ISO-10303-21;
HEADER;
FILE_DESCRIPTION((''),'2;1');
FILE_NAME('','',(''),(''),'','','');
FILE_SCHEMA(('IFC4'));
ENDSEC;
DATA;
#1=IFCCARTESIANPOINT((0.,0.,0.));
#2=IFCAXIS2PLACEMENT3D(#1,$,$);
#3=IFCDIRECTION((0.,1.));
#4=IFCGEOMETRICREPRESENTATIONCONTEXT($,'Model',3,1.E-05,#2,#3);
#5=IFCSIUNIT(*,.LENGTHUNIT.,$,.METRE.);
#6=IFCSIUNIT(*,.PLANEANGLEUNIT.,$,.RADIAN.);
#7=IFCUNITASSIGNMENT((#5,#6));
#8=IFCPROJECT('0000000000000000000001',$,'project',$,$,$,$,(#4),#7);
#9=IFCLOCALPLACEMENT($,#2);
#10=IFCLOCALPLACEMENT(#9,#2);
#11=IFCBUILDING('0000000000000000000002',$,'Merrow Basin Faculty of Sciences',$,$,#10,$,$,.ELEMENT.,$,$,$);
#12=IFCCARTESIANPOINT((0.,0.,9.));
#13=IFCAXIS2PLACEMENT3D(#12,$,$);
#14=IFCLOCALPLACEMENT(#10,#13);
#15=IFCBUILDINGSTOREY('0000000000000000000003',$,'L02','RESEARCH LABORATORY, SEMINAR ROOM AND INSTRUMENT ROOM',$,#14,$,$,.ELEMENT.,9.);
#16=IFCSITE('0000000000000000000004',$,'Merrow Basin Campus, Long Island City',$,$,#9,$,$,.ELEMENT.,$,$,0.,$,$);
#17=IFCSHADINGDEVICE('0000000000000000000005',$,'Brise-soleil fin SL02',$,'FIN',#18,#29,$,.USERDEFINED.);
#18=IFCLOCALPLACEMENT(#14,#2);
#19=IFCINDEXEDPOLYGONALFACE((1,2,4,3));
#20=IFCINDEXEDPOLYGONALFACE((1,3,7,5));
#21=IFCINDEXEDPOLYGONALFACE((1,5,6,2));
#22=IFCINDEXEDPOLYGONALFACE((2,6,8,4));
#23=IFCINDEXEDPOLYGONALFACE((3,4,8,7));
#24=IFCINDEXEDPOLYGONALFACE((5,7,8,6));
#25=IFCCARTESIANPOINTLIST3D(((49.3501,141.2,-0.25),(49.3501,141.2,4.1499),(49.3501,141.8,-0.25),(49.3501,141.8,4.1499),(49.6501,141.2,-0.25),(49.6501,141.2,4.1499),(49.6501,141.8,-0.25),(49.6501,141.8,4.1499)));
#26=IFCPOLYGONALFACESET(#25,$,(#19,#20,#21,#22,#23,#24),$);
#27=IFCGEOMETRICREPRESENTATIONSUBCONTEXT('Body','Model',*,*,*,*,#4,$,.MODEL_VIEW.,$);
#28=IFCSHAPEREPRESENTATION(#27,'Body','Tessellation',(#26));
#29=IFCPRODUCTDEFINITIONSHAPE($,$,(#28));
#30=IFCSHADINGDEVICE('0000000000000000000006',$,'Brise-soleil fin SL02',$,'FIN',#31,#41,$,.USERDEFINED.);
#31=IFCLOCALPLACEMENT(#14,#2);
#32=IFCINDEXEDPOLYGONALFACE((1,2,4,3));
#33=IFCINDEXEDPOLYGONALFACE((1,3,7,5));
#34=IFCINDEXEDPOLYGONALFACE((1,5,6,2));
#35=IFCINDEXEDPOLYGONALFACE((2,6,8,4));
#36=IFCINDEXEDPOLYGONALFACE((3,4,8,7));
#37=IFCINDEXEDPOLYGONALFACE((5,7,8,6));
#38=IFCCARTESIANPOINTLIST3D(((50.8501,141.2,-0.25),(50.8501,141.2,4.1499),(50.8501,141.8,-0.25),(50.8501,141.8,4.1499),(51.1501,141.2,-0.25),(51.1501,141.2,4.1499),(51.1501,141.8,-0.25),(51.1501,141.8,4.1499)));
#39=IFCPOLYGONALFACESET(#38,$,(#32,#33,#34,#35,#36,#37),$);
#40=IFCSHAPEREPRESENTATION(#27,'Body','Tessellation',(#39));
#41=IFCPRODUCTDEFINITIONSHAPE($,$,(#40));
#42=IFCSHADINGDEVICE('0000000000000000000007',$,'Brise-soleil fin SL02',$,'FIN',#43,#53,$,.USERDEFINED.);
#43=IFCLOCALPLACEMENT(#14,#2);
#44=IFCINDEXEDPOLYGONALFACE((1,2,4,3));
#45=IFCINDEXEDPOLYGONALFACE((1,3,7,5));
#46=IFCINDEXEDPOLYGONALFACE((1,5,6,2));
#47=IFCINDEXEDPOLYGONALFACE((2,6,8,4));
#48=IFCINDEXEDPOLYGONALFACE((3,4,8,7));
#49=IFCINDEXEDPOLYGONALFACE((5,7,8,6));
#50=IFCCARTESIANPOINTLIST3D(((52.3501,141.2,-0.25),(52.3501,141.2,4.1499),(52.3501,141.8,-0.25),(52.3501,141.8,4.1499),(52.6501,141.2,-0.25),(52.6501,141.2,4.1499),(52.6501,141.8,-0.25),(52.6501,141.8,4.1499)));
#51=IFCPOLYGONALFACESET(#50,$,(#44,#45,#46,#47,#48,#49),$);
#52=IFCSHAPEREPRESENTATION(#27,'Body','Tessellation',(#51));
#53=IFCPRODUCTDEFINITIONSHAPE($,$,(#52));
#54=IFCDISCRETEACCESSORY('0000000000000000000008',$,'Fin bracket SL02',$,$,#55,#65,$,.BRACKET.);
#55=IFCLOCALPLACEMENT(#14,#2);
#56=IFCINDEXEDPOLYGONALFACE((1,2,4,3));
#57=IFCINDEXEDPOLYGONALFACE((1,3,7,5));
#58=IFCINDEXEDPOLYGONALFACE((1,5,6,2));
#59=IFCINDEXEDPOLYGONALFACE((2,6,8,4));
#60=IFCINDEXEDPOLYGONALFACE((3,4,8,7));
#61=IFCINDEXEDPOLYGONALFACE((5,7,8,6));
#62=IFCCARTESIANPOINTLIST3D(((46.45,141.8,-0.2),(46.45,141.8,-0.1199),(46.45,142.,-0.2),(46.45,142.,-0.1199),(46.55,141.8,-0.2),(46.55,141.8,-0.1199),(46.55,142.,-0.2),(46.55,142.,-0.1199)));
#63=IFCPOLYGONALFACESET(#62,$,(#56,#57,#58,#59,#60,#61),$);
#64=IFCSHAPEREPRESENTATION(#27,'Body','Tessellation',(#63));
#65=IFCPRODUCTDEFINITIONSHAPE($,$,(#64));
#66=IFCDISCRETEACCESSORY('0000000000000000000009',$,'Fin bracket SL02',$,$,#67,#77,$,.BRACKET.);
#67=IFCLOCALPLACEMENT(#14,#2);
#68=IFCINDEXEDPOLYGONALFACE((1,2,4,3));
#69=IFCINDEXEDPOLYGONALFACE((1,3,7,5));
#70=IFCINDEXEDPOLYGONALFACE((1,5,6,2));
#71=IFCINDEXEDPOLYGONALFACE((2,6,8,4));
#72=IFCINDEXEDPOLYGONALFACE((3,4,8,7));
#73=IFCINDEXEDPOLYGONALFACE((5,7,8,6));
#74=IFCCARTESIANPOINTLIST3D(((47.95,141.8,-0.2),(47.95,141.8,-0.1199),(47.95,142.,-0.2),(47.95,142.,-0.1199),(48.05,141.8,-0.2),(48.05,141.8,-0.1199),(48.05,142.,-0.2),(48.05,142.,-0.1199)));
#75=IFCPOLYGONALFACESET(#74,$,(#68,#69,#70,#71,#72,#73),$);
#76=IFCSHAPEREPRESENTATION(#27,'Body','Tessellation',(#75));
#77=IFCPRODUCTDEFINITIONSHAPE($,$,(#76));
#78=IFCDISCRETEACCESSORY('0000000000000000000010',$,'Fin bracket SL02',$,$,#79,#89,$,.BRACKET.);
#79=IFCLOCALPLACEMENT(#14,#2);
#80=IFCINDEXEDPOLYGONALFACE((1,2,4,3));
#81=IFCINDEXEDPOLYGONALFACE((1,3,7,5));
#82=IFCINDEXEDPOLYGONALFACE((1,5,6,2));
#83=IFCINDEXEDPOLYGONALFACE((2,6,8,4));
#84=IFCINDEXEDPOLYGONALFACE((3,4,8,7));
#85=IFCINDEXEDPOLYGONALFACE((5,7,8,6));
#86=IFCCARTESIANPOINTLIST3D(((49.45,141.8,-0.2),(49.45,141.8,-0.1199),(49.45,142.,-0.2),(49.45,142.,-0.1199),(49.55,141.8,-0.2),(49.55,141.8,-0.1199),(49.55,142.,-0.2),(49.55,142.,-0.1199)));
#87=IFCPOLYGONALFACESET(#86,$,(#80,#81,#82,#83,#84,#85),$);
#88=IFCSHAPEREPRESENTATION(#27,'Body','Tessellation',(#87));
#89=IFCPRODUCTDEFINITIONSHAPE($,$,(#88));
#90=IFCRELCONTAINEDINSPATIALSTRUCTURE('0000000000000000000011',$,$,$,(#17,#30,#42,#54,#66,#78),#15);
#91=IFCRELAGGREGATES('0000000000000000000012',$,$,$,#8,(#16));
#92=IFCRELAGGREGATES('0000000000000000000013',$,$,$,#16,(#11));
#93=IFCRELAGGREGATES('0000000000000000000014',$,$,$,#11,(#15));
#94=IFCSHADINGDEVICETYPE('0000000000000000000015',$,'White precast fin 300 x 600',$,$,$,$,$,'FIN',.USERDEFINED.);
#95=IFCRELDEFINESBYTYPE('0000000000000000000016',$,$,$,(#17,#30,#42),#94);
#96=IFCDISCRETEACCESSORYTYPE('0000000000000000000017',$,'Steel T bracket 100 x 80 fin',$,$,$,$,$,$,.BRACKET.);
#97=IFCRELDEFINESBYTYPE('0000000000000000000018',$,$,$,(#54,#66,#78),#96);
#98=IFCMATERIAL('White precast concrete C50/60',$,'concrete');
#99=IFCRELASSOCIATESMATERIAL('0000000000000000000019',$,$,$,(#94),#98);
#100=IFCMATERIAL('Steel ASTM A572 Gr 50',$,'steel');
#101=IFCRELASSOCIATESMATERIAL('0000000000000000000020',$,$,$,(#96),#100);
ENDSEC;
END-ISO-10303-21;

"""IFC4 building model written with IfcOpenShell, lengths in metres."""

from ifc_helpers import new_model, si_unit, direction, frame, origin, place, context, subcontext, project, spatial, polyline, outline, extrude, source, transform, mapped, material, type_object, element, save


model = new_model("IFC4")

# Units and contexts
model_context = context("Model", 3, precision=1e-05, world=origin(), true_north=direction((0.0, 1.0)))
body_context = subcontext(model_context, "Body", "Model", "MODEL_VIEW")
ifc_project = project(units=[si_unit("LENGTHUNIT", "METRE"), si_unit("PLANEANGLEUNIT", "RADIAN")], contexts=[model_context])

# Site, building, storey
site_placement = place(None, origin())
site = spatial("IfcSite", under=ifc_project, at=site_placement, Name="Merrow Basin Campus, Long Island City", CompositionType="ELEMENT", RefElevation=0.0)
building_placement = place(site_placement, origin())
building = spatial("IfcBuilding", under=site, at=building_placement, Name="Merrow Basin Faculty of Sciences", CompositionType="ELEMENT")
storey_placement = place(building_placement, frame((0.0, 0.0, 9.0)))
storey = spatial("IfcBuildingStorey", under=building, at=storey_placement, Name="L02", Description="RESEARCH LABORATORY, SEMINAR ROOM AND INSTRUMENT ROOM", CompositionType="ELEMENT", Elevation=9.0)

# Shading devices
ifc_material_1 = material(Name="White precast concrete C50/60", Category="concrete")
shading_device_type = type_object("IfcShadingDeviceType", Name="White precast fin 300 x 600", ElementType="FIN", PredefinedType="USERDEFINED", material=ifc_material_1)
shared_shape_1 = source(origin(), body_context, "Body", "SweptSolid", [
    extrude(outline(polyline([(0.0, 0.0), (0.3, 0.0), (0.3, 4.3999), (0.0, 4.3999), (0.0, 0.0)])), origin(), (0.0, 0.0, 1.0), 0.6001),
])
for number, where, z_axis, x_axis, name in (
    (1, (49.3501, 141.8, -0.25), (0.0, -1.0, 0.0), (1.0, 0.0, 0.0), "Brise-soleil fin SL02"),
    (2, (50.8501, 141.8, -0.25), (0.0, -1.0, 0.0), (1.0, 0.0, 0.0), "Brise-soleil fin SL02"),
    (3, (52.3501, 141.8, -0.25), (0.0, -1.0, 0.0), (1.0, 0.0, 0.0), "Brise-soleil fin SL02"),
):
    element("IfcShadingDevice", number, at=place(storey_placement, frame(where, z_axis=z_axis, x_axis=x_axis)), inside=storey, type_object=shading_device_type, Name=name, ObjectType="FIN", PredefinedType="USERDEFINED", context=body_context, shape_type="MappedRepresentation", body=[
        mapped(shared_shape_1, transform((0.0, 0.0, 0.0), scale=1.0)),
    ])

# Discrete accessories
ifc_material_2 = material(Name="Steel ASTM A572 Gr 50", Category="steel")
discrete_accessory_type = type_object("IfcDiscreteAccessoryType", Name="Steel T bracket 100 x 80 fin", PredefinedType="BRACKET", material=ifc_material_2)
shared_shape_2 = source(origin(), body_context, "Body", "SweptSolid", [
    extrude(outline(polyline([(0.0, 0.0), (0.1001, 0.0), (0.1001, 0.0801), (0.0, 0.0801), (0.0, 0.0)])), origin(), (0.0, 0.0, 1.0), 0.2),
])
for number, where, z_axis, x_axis, name in (
    (4, (46.45, 142.0, -0.2), (0.0, -1.0, 0.0), (1.0, 0.0, 0.0), "Fin bracket SL02"),
    (5, (47.95, 142.0, -0.2), (0.0, -1.0, 0.0), (1.0, 0.0, 0.0), "Fin bracket SL02"),
    (6, (49.45, 142.0, -0.2), (0.0, -1.0, 0.0), (1.0, 0.0, 0.0), "Fin bracket SL02"),
):
    element("IfcDiscreteAccessory", number, at=place(storey_placement, frame(where, z_axis=z_axis, x_axis=x_axis)), inside=storey, type_object=discrete_accessory_type, Name=name, PredefinedType="BRACKET", context=body_context, shape_type="MappedRepresentation", body=[
        mapped(shared_shape_2, transform((0.0, 0.0, 0.0), scale=1.0)),
    ])

save(model, "model.ifc")
